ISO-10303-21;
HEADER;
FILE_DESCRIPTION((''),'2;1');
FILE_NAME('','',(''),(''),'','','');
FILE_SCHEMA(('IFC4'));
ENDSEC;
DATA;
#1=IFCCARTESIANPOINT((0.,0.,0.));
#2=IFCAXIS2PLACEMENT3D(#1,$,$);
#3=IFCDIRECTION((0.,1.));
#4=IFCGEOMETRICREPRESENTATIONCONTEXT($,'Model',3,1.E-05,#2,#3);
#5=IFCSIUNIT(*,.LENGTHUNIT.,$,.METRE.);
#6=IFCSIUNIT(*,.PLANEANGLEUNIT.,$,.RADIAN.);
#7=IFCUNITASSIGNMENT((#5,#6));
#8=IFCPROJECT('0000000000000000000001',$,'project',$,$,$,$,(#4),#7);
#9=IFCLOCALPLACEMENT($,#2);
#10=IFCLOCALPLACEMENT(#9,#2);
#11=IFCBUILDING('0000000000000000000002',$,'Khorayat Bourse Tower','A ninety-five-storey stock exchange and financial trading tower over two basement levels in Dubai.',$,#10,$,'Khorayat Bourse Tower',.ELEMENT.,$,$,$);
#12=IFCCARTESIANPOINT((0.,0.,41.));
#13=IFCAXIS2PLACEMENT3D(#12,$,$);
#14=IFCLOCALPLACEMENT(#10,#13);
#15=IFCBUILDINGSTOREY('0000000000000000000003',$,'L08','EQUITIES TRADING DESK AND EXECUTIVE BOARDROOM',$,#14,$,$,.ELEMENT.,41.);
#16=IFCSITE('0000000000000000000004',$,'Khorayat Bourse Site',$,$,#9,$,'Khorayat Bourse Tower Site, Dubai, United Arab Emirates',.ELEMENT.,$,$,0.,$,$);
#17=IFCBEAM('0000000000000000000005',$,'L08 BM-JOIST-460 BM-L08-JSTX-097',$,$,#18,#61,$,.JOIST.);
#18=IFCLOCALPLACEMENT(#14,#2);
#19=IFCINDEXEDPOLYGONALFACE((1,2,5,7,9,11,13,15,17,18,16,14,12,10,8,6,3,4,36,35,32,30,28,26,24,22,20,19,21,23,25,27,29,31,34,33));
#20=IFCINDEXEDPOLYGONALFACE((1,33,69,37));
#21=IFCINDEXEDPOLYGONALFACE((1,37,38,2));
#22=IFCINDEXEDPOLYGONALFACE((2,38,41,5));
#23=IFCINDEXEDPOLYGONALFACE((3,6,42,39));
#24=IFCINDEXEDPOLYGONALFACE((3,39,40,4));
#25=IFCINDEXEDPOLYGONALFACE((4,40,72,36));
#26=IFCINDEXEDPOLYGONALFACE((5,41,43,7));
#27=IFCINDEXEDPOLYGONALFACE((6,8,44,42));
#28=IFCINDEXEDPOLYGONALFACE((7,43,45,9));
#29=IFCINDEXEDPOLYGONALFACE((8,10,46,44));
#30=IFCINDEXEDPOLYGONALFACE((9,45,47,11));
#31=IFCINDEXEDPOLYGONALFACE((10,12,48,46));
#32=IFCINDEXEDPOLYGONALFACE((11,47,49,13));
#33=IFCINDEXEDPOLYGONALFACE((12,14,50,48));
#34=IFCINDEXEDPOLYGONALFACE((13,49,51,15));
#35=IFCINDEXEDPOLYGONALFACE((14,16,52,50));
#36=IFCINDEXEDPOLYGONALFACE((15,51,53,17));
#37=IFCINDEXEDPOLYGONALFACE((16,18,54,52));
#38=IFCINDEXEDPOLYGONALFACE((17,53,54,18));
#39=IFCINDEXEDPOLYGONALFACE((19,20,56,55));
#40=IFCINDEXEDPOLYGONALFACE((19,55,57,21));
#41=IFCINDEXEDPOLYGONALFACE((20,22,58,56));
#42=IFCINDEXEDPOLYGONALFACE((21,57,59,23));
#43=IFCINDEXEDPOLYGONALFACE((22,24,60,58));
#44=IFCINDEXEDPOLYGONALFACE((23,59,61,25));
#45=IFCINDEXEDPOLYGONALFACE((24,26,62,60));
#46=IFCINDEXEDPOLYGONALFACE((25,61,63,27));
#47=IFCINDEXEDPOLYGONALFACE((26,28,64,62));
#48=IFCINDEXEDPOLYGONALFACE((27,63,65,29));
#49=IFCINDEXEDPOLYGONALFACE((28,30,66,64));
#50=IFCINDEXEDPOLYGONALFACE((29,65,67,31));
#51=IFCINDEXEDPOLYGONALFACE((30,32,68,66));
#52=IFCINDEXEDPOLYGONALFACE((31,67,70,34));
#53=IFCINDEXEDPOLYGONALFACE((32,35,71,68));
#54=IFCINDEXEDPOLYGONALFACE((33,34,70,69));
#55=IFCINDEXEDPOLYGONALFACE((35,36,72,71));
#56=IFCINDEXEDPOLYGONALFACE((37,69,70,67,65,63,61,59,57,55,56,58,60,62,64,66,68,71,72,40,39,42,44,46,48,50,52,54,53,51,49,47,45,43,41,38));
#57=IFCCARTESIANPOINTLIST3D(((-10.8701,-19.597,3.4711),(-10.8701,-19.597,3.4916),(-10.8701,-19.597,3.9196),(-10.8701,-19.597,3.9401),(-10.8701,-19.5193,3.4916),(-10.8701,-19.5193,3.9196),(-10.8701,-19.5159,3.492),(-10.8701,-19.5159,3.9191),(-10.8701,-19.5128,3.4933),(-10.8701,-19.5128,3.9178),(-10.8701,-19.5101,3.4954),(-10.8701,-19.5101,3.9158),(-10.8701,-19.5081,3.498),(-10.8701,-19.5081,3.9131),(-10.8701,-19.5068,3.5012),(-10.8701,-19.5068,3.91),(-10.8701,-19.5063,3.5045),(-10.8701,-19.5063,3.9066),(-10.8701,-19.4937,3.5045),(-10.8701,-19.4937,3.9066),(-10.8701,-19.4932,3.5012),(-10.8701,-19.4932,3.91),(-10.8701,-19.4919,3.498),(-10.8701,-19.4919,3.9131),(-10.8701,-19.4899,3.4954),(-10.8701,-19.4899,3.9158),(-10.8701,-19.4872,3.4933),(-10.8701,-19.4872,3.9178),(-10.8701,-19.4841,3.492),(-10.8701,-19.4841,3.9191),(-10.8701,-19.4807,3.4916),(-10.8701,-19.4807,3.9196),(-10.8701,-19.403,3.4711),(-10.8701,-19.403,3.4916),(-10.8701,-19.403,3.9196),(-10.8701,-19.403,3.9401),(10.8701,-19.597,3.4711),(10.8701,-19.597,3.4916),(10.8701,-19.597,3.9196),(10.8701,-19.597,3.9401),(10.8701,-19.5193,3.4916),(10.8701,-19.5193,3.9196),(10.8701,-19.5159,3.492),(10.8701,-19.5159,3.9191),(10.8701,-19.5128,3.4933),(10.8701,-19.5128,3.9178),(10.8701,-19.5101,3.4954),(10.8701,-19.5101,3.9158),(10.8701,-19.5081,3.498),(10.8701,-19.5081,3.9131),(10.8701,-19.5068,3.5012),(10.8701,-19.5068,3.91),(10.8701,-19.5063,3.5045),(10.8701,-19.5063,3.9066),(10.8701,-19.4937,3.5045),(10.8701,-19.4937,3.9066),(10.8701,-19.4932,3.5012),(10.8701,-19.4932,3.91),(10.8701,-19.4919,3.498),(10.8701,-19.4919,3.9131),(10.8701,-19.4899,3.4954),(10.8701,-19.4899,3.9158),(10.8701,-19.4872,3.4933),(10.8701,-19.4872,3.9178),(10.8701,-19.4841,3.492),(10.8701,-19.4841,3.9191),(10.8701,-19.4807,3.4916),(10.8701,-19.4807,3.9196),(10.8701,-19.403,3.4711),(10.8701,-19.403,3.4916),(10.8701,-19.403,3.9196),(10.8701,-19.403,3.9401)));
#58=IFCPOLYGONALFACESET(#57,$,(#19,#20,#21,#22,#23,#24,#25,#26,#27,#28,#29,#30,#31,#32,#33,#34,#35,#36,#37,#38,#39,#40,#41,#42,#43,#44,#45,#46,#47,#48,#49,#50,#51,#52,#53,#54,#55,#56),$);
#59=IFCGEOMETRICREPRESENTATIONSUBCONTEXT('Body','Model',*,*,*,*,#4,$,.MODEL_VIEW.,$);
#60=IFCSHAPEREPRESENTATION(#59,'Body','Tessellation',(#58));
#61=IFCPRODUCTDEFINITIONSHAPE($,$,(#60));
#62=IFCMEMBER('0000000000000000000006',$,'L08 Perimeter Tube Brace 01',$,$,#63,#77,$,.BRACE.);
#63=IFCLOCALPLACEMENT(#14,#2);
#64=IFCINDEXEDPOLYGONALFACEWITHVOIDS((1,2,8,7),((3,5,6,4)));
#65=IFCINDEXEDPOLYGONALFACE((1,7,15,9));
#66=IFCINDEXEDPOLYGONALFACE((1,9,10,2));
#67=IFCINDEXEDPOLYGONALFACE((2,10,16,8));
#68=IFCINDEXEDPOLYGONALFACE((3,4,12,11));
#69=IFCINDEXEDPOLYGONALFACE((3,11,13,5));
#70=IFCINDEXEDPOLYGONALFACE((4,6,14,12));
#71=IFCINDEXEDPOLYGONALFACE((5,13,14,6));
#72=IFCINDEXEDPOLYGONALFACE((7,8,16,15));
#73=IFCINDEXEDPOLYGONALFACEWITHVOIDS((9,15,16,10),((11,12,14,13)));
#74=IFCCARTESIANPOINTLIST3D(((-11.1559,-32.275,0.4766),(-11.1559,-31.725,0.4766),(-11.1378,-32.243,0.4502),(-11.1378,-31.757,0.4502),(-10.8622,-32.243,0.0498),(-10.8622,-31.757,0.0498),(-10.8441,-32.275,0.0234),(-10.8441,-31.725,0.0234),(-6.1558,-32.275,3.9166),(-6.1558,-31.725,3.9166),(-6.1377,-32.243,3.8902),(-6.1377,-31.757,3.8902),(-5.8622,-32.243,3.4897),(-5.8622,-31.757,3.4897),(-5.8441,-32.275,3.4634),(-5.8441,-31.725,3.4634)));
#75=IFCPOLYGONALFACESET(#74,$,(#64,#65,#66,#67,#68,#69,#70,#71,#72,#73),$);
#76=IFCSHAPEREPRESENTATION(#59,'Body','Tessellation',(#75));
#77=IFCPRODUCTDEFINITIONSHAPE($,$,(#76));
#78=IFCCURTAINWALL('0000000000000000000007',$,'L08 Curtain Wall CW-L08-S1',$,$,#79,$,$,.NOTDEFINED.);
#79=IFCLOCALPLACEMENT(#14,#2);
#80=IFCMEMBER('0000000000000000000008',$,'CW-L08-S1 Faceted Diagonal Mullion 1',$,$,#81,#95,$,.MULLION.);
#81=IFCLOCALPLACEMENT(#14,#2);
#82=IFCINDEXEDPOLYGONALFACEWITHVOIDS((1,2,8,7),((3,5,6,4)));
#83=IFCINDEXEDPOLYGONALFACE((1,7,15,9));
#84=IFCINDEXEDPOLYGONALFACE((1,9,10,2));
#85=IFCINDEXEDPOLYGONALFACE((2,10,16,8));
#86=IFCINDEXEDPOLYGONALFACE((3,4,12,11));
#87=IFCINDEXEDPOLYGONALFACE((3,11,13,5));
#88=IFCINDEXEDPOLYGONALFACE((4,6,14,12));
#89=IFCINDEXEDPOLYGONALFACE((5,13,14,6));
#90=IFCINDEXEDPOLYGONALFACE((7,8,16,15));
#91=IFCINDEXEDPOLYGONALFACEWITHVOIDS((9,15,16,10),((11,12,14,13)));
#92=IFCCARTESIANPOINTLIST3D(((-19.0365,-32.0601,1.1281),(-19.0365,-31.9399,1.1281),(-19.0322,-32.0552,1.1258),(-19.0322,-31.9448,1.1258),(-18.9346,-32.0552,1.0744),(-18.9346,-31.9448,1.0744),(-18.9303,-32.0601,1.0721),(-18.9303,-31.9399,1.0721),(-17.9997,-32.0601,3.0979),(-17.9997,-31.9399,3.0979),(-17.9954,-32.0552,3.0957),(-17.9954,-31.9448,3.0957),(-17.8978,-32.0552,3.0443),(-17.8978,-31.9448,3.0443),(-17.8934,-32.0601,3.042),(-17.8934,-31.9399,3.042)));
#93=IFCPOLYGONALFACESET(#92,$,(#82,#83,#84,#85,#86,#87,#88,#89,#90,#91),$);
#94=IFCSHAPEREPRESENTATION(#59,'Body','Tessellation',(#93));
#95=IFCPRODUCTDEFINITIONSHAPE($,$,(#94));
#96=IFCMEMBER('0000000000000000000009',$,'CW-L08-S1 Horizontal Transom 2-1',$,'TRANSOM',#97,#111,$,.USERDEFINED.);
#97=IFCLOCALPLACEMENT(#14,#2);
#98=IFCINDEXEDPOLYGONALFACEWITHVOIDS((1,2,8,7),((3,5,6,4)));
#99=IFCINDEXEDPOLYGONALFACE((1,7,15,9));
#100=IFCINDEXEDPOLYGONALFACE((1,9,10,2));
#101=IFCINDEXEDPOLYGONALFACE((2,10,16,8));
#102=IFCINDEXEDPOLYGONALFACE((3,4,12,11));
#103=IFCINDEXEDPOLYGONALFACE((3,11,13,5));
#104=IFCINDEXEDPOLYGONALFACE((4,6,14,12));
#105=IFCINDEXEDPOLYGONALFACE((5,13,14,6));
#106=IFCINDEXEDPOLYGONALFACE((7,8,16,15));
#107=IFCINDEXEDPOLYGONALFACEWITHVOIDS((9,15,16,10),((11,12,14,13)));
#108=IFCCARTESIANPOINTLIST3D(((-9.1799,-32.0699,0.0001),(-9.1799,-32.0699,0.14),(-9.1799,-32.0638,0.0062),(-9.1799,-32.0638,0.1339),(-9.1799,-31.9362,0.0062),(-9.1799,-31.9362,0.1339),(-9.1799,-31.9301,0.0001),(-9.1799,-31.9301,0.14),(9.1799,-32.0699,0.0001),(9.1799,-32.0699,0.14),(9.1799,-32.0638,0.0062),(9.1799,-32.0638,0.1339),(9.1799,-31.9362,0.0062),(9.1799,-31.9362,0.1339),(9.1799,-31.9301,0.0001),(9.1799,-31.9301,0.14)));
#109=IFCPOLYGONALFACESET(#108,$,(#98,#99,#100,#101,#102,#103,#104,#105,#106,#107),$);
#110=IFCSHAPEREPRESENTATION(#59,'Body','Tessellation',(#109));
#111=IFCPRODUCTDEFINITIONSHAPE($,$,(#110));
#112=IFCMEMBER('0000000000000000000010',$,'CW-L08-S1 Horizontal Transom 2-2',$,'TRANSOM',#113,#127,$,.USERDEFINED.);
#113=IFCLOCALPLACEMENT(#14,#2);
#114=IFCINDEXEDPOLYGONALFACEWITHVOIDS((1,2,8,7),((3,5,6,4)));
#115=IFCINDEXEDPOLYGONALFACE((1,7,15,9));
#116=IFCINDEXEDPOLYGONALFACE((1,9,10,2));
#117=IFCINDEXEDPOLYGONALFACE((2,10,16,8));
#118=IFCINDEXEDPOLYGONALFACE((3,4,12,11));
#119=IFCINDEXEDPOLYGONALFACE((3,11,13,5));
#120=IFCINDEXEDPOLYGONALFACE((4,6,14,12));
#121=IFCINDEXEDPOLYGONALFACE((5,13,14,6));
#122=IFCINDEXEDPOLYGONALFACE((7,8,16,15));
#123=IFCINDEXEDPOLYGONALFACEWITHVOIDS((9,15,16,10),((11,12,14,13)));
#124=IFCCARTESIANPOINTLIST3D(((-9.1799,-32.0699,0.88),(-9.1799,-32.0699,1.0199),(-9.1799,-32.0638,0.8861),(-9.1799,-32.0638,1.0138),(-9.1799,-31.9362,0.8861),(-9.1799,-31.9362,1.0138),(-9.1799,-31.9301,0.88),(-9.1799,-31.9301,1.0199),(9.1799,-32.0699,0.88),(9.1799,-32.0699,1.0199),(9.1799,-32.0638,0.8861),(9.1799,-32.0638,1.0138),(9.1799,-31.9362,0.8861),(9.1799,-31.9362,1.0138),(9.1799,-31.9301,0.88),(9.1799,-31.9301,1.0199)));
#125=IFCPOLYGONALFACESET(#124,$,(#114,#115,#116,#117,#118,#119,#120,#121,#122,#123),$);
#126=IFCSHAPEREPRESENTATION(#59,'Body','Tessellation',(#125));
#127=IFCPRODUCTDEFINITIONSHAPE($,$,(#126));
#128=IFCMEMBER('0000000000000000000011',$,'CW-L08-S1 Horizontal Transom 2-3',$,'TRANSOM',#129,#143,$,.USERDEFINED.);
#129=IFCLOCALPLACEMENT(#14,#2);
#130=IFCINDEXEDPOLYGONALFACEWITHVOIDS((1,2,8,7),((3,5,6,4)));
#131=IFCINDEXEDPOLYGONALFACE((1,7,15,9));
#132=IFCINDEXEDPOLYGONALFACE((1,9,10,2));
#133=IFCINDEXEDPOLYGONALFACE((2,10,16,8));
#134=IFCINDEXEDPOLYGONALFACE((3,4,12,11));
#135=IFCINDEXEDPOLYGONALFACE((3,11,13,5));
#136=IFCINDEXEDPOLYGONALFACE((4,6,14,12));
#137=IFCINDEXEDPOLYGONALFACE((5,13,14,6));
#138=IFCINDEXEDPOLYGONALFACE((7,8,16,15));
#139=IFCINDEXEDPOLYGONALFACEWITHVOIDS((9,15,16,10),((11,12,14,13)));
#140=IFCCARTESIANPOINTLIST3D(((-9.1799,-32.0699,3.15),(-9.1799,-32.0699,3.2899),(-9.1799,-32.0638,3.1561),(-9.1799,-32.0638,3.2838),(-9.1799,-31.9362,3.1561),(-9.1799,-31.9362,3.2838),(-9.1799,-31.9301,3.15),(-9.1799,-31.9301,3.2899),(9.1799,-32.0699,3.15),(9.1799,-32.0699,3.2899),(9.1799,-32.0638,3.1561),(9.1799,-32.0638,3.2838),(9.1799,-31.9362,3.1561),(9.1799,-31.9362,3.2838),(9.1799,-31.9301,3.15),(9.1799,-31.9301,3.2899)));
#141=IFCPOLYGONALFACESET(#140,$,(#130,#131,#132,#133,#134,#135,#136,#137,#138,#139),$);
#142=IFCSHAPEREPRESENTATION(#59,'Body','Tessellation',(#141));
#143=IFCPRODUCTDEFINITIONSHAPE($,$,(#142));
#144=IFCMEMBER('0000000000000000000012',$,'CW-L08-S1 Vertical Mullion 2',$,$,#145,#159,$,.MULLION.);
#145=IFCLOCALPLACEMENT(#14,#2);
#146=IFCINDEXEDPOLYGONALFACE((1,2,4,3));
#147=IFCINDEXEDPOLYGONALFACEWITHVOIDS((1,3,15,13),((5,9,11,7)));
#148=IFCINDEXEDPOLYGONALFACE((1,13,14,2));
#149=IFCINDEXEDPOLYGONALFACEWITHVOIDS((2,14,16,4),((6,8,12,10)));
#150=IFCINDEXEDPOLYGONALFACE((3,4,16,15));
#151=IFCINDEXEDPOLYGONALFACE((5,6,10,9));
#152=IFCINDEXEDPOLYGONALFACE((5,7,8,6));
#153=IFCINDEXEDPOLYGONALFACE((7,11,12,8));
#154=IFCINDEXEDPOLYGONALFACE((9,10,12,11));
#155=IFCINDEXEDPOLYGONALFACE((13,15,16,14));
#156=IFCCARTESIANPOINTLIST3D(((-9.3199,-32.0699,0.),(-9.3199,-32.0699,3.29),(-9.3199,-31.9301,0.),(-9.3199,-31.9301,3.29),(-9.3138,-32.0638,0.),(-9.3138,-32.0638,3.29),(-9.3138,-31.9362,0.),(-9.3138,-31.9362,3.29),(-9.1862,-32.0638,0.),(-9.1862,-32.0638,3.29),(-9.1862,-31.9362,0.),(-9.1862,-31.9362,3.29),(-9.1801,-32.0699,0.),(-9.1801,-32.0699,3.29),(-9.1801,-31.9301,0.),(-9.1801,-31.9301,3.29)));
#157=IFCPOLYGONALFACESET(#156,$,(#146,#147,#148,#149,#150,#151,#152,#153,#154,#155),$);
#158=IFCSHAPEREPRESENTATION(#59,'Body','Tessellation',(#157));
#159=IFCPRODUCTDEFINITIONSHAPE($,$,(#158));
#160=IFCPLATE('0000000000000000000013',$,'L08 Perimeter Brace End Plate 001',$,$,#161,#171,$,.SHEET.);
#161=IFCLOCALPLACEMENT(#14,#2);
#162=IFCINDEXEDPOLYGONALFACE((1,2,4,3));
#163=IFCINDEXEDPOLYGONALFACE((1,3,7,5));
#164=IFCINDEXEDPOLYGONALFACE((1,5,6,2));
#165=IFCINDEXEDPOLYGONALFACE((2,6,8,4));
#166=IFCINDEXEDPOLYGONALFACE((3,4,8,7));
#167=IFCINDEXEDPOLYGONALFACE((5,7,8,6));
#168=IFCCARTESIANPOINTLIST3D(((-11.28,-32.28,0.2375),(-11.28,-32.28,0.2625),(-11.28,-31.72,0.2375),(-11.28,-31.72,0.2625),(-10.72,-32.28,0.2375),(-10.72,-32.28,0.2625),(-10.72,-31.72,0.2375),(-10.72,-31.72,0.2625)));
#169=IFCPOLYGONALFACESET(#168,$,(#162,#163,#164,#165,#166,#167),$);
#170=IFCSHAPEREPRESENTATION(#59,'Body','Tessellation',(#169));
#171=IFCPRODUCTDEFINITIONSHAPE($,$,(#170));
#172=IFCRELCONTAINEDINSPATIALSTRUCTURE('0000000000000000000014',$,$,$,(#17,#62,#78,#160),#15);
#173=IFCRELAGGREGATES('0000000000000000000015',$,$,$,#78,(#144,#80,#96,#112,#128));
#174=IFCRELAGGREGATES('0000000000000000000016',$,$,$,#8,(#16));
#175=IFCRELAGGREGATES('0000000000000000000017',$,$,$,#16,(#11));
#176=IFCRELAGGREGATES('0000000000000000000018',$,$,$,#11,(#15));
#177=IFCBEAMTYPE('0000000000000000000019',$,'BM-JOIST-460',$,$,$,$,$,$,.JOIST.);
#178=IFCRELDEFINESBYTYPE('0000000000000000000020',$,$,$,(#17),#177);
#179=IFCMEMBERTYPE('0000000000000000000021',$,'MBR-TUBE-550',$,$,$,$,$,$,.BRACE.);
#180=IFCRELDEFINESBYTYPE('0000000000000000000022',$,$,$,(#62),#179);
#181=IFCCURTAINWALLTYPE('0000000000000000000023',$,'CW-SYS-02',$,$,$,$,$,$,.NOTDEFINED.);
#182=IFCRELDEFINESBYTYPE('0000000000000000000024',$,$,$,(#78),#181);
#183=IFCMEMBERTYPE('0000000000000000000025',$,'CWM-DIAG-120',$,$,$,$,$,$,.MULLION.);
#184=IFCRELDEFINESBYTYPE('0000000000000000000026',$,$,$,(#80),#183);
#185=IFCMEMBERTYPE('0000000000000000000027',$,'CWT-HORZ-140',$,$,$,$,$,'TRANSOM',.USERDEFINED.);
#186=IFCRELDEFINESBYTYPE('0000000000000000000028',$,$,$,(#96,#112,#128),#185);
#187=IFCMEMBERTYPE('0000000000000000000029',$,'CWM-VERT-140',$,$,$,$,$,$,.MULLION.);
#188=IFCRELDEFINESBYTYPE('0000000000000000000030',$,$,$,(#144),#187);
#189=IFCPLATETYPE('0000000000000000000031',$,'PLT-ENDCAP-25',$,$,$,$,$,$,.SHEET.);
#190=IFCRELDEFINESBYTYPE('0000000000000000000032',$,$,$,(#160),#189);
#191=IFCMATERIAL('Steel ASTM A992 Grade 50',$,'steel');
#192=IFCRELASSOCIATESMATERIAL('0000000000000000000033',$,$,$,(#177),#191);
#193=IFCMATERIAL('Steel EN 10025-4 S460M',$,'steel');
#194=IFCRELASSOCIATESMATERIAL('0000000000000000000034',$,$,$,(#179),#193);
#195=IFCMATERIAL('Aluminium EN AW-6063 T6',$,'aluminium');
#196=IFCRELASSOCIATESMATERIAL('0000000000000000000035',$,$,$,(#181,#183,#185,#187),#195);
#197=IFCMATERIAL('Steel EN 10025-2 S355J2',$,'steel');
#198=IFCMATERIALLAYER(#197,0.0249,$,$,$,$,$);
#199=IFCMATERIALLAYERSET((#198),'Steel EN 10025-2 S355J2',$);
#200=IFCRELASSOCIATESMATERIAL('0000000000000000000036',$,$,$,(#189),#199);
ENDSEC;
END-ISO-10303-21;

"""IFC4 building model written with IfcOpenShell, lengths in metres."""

from ifc_helpers import new_model, si_unit, direction, frame, origin, origin_2d, place, context, subcontext, project, spatial, rectangle, hollow_rectangle, i_section, extrude, source, transform, mapped, material, layer, layer_set, material_profile, profile_set, type_object, element, aggregate, save


model = new_model("IFC4")

# Units and contexts
model_context = context("Model", 3, precision=1e-05, world=origin(), true_north=direction((0.0, 1.0)))
body_context = subcontext(model_context, "Body", "Model", "MODEL_VIEW")
ifc_project = project(units=[si_unit("LENGTHUNIT", "METRE"), si_unit("PLANEANGLEUNIT", "RADIAN")], contexts=[model_context])

# Site, building, storey
site_placement = place(None, origin())
site = spatial("IfcSite", under=ifc_project, at=site_placement, Name="Khorayat Bourse Site", LongName="Khorayat Bourse Tower Site, Dubai, United Arab Emirates", CompositionType="ELEMENT", RefElevation=0.0)
building_placement = place(site_placement, origin())
building = spatial("IfcBuilding", under=site, at=building_placement, Name="Khorayat Bourse Tower", Description="A ninety-five-storey stock exchange and financial trading tower over two basement levels in Dubai.", LongName="Khorayat Bourse Tower", CompositionType="ELEMENT")
storey_placement = place(building_placement, frame((0.0, 0.0, 41.0)))
storey = spatial("IfcBuildingStorey", under=building, at=storey_placement, Name="L08", Description="EQUITIES TRADING DESK AND EXECUTIVE BOARDROOM", CompositionType="ELEMENT", Elevation=41.0)

# Shared definitions
ifc_material_1 = material(Name="Steel EN 10025-4 S460M", Category="steel")

# Beam
ifc_material_2 = material(Name="Steel ASTM A992 Grade 50", Category="steel")
ifc_material_profile_1 = material_profile(ifc_material_2, i_section(OverallWidth=0.1941, OverallDepth=0.469, WebThickness=0.0127, FlangeThickness=0.0205, FilletRadius=0.0129, at=origin_2d()), Name="W460X106")
ifc_profile_set_1 = profile_set([ifc_material_profile_1], Name="Steel ASTM A992 Grade 50")
beam_type_1 = type_object("IfcBeamType", Name="BM-JOIST-460", PredefinedType="JOIST", material=ifc_profile_set_1)
shared_shape_1 = source(origin(), body_context, "Body", "SweptSolid", [
    extrude(i_section(OverallWidth=0.1941, OverallDepth=0.469, WebThickness=0.0127, FlangeThickness=0.0205, FilletRadius=0.0129, at=origin_2d()), origin(), (0.0, 0.0, 1.0), 21.7402),
])
beam_1_placement = place(storey_placement, frame((-10.8701, -19.5, 3.7056), z_axis=(1.0, 0.0, 0.0), x_axis=(0.0, 1.0, 0.0)))
element("IfcBeam", 1, at=beam_1_placement, inside=storey, type_object=beam_type_1, Name="L08 BM-JOIST-460 BM-L08-JSTX-097", PredefinedType="JOIST", context=body_context, shape_type="MappedRepresentation", body=[
    mapped(shared_shape_1, transform((0.0, 0.0, 0.0), scale=1.0)),
])

# Member
ifc_material_profile_2 = material_profile(ifc_material_1, hollow_rectangle(XDim=0.55, YDim=0.55, WallThickness=0.032, at=origin_2d()), Name="HSS 550x550x32")
ifc_profile_set_2 = profile_set([ifc_material_profile_2], Name="Steel EN 10025-4 S460M")
member_type_1 = type_object("IfcMemberType", Name="MBR-TUBE-550", PredefinedType="BRACE", material=ifc_profile_set_2)
shared_shape_2 = source(origin(), body_context, "Body", "SweptSolid", [
    extrude(hollow_rectangle(XDim=0.55, YDim=0.55, WallThickness=0.032, at=origin_2d()), origin(), (0.0, 0.0, 1.0), 6.0691),
])
member_1_placement = place(storey_placement, frame((-11.0, -32.0, 0.25), z_axis=(0.823854, 0.0, 0.566802), x_axis=(0.0, 1.0, 0.0)))
element("IfcMember", 2, at=member_1_placement, inside=storey, type_object=member_type_1, Name="L08 Perimeter Tube Brace 01", PredefinedType="BRACE", context=body_context, shape_type="MappedRepresentation", body=[
    mapped(shared_shape_2, transform((0.0, 0.0, 0.0), scale=1.0)),
])

# Curtain wall, members
ifc_material_3 = material(Name="Aluminium EN AW-6063 T6", Category="aluminium")
curtain_wall_type = type_object("IfcCurtainWallType", Name="CW-SYS-02", PredefinedType="NOTDEFINED", material=ifc_material_3)
curtain_wall_placement = place(storey_placement, origin())
curtain_wall = element("IfcCurtainWall", 3, at=curtain_wall_placement, inside=storey, type_object=curtain_wall_type, Name="L08 Curtain Wall CW-L08-S1", PredefinedType="NOTDEFINED")
ifc_material_profile_3 = material_profile(ifc_material_3, hollow_rectangle(XDim=0.1201, YDim=0.1201, WallThickness=0.0049, at=origin_2d()), Name="ALU 120x120x5")
ifc_profile_set_3 = profile_set([ifc_material_profile_3], Name="Aluminium EN AW-6063 T6")
member_type_2 = type_object("IfcMemberType", Name="CWM-DIAG-120", PredefinedType="MULLION", material=ifc_profile_set_3)
shared_shape_3 = source(origin(), body_context, "Body", "SweptSolid", [
    extrude(hollow_rectangle(XDim=0.1201, YDim=0.1201, WallThickness=0.0049, at=origin_2d()), origin(), (0.0, 0.0, 1.0), 2.2261),
])
member_2_placement = place(storey_placement, frame((-18.9834, -32.0, 1.1001), z_axis=(0.46576, 0.0, 0.884911), x_axis=(0.0, 1.0, 0.0)))
member_2 = element("IfcMember", 4, at=member_2_placement, type_object=member_type_2, Name="CW-L08-S1 Faceted Diagonal Mullion 1", PredefinedType="MULLION", context=body_context, shape_type="MappedRepresentation", body=[
    mapped(shared_shape_3, transform((0.0, 0.0, 0.0), scale=1.0)),
])
ifc_material_profile_4 = material_profile(ifc_material_3, hollow_rectangle(XDim=0.1399, YDim=0.1399, WallThickness=0.0061, at=origin_2d()), Name="ALU 140x140x6")
ifc_profile_set_4 = profile_set([ifc_material_profile_4], Name="Aluminium EN AW-6063 T6")
member_type_3 = type_object("IfcMemberType", Name="CWT-HORZ-140", ElementType="TRANSOM", PredefinedType="USERDEFINED", material=ifc_profile_set_4)
shared_shape_4 = source(origin(), body_context, "Body", "SweptSolid", [
    extrude(hollow_rectangle(XDim=0.1399, YDim=0.1399, WallThickness=0.0061, at=origin_2d()), origin(), (0.0, 0.0, 1.0), 18.3599),
])
member_3_placement = place(storey_placement, frame((-9.1799, -32.0, 0.0701), z_axis=(1.0, 0.0, 0.0), x_axis=(0.0, 1.0, 0.0)))
member_3 = element("IfcMember", 5, at=member_3_placement, type_object=member_type_3, Name="CW-L08-S1 Horizontal Transom 2-1", ObjectType="TRANSOM", PredefinedType="USERDEFINED", context=body_context, shape_type="MappedRepresentation", body=[
    mapped(shared_shape_4, transform((0.0, 0.0, 0.0), scale=1.0)),
])
member_4_placement = place(storey_placement, frame((-9.1799, -32.0, 0.95), z_axis=(1.0, 0.0, 0.0), x_axis=(0.0, 1.0, 0.0)))
member_4 = element("IfcMember", 6, at=member_4_placement, type_object=member_type_3, Name="CW-L08-S1 Horizontal Transom 2-2", ObjectType="TRANSOM", PredefinedType="USERDEFINED", context=body_context, shape_type="MappedRepresentation", body=[
    mapped(shared_shape_4, transform((0.0, 0.0, 0.0), scale=1.0)),
])
member_5_placement = place(storey_placement, frame((-9.1799, -32.0, 3.22), z_axis=(1.0, 0.0, 0.0), x_axis=(0.0, 1.0, 0.0)))
member_5 = element("IfcMember", 7, at=member_5_placement, type_object=member_type_3, Name="CW-L08-S1 Horizontal Transom 2-3", ObjectType="TRANSOM", PredefinedType="USERDEFINED", context=body_context, shape_type="MappedRepresentation", body=[
    mapped(shared_shape_4, transform((0.0, 0.0, 0.0), scale=1.0)),
])
ifc_material_profile_5 = material_profile(ifc_material_3, hollow_rectangle(XDim=0.1399, YDim=0.1399, WallThickness=0.0061, at=origin_2d()), Name="ALU 140x140x6")
ifc_profile_set_5 = profile_set([ifc_material_profile_5], Name="Aluminium EN AW-6063 T6")
member_type_4 = type_object("IfcMemberType", Name="CWM-VERT-140", PredefinedType="MULLION", material=ifc_profile_set_5)
shared_shape_5 = source(origin(), body_context, "Body", "SweptSolid", [
    extrude(hollow_rectangle(XDim=0.1399, YDim=0.1399, WallThickness=0.0061, at=origin_2d()), origin(), (0.0, 0.0, 1.0), 3.29),
])
member_6_placement = place(storey_placement, frame((-9.25, -32.0, 0.0), z_axis=(0.0, 0.0, 1.0), x_axis=(0.0, 1.0, 0.0)))
member_6 = element("IfcMember", 8, at=member_6_placement, type_object=member_type_4, Name="CW-L08-S1 Vertical Mullion 2", PredefinedType="MULLION", context=body_context, shape_type="MappedRepresentation", body=[
    mapped(shared_shape_5, transform((0.0, 0.0, 0.0), scale=1.0)),
])

# Plate
ifc_material_4 = material(Name="Steel EN 10025-2 S355J2", Category="steel")
ifc_layer_1 = layer(ifc_material_4, 0.0249)
ifc_layer_set_1 = layer_set([ifc_layer_1], Name="Steel EN 10025-2 S355J2")
plate_type_1 = type_object("IfcPlateType", Name="PLT-ENDCAP-25", PredefinedType="SHEET", material=ifc_layer_set_1)
shared_shape_6 = source(origin(), body_context, "Body", "SweptSolid", [
    extrude(rectangle(XDim=0.5601, YDim=0.5601, at=origin_2d()), origin(), (0.0, 0.0, 1.0), 0.0249),
])
for number, where, z_axis, x_axis, name in (
    (9, (-11.0, -32.0, 0.2375), (0.0, 0.0, 1.0), (1.0, 0.0, 0.0), "L08 Perimeter Brace End Plate 001"),
):
    element("IfcPlate", number, at=place(storey_placement, frame(where, z_axis=z_axis, x_axis=x_axis)), inside=storey, type_object=plate_type_1, Name=name, PredefinedType="SHEET", context=body_context, shape_type="MappedRepresentation", body=[
        mapped(shared_shape_6, transform((0.0, 0.0, 0.0), scale=1.0)),
    ])

aggregate(curtain_wall, [member_6, member_2, member_3, member_4, member_5])

save(model, "model.ifc")
